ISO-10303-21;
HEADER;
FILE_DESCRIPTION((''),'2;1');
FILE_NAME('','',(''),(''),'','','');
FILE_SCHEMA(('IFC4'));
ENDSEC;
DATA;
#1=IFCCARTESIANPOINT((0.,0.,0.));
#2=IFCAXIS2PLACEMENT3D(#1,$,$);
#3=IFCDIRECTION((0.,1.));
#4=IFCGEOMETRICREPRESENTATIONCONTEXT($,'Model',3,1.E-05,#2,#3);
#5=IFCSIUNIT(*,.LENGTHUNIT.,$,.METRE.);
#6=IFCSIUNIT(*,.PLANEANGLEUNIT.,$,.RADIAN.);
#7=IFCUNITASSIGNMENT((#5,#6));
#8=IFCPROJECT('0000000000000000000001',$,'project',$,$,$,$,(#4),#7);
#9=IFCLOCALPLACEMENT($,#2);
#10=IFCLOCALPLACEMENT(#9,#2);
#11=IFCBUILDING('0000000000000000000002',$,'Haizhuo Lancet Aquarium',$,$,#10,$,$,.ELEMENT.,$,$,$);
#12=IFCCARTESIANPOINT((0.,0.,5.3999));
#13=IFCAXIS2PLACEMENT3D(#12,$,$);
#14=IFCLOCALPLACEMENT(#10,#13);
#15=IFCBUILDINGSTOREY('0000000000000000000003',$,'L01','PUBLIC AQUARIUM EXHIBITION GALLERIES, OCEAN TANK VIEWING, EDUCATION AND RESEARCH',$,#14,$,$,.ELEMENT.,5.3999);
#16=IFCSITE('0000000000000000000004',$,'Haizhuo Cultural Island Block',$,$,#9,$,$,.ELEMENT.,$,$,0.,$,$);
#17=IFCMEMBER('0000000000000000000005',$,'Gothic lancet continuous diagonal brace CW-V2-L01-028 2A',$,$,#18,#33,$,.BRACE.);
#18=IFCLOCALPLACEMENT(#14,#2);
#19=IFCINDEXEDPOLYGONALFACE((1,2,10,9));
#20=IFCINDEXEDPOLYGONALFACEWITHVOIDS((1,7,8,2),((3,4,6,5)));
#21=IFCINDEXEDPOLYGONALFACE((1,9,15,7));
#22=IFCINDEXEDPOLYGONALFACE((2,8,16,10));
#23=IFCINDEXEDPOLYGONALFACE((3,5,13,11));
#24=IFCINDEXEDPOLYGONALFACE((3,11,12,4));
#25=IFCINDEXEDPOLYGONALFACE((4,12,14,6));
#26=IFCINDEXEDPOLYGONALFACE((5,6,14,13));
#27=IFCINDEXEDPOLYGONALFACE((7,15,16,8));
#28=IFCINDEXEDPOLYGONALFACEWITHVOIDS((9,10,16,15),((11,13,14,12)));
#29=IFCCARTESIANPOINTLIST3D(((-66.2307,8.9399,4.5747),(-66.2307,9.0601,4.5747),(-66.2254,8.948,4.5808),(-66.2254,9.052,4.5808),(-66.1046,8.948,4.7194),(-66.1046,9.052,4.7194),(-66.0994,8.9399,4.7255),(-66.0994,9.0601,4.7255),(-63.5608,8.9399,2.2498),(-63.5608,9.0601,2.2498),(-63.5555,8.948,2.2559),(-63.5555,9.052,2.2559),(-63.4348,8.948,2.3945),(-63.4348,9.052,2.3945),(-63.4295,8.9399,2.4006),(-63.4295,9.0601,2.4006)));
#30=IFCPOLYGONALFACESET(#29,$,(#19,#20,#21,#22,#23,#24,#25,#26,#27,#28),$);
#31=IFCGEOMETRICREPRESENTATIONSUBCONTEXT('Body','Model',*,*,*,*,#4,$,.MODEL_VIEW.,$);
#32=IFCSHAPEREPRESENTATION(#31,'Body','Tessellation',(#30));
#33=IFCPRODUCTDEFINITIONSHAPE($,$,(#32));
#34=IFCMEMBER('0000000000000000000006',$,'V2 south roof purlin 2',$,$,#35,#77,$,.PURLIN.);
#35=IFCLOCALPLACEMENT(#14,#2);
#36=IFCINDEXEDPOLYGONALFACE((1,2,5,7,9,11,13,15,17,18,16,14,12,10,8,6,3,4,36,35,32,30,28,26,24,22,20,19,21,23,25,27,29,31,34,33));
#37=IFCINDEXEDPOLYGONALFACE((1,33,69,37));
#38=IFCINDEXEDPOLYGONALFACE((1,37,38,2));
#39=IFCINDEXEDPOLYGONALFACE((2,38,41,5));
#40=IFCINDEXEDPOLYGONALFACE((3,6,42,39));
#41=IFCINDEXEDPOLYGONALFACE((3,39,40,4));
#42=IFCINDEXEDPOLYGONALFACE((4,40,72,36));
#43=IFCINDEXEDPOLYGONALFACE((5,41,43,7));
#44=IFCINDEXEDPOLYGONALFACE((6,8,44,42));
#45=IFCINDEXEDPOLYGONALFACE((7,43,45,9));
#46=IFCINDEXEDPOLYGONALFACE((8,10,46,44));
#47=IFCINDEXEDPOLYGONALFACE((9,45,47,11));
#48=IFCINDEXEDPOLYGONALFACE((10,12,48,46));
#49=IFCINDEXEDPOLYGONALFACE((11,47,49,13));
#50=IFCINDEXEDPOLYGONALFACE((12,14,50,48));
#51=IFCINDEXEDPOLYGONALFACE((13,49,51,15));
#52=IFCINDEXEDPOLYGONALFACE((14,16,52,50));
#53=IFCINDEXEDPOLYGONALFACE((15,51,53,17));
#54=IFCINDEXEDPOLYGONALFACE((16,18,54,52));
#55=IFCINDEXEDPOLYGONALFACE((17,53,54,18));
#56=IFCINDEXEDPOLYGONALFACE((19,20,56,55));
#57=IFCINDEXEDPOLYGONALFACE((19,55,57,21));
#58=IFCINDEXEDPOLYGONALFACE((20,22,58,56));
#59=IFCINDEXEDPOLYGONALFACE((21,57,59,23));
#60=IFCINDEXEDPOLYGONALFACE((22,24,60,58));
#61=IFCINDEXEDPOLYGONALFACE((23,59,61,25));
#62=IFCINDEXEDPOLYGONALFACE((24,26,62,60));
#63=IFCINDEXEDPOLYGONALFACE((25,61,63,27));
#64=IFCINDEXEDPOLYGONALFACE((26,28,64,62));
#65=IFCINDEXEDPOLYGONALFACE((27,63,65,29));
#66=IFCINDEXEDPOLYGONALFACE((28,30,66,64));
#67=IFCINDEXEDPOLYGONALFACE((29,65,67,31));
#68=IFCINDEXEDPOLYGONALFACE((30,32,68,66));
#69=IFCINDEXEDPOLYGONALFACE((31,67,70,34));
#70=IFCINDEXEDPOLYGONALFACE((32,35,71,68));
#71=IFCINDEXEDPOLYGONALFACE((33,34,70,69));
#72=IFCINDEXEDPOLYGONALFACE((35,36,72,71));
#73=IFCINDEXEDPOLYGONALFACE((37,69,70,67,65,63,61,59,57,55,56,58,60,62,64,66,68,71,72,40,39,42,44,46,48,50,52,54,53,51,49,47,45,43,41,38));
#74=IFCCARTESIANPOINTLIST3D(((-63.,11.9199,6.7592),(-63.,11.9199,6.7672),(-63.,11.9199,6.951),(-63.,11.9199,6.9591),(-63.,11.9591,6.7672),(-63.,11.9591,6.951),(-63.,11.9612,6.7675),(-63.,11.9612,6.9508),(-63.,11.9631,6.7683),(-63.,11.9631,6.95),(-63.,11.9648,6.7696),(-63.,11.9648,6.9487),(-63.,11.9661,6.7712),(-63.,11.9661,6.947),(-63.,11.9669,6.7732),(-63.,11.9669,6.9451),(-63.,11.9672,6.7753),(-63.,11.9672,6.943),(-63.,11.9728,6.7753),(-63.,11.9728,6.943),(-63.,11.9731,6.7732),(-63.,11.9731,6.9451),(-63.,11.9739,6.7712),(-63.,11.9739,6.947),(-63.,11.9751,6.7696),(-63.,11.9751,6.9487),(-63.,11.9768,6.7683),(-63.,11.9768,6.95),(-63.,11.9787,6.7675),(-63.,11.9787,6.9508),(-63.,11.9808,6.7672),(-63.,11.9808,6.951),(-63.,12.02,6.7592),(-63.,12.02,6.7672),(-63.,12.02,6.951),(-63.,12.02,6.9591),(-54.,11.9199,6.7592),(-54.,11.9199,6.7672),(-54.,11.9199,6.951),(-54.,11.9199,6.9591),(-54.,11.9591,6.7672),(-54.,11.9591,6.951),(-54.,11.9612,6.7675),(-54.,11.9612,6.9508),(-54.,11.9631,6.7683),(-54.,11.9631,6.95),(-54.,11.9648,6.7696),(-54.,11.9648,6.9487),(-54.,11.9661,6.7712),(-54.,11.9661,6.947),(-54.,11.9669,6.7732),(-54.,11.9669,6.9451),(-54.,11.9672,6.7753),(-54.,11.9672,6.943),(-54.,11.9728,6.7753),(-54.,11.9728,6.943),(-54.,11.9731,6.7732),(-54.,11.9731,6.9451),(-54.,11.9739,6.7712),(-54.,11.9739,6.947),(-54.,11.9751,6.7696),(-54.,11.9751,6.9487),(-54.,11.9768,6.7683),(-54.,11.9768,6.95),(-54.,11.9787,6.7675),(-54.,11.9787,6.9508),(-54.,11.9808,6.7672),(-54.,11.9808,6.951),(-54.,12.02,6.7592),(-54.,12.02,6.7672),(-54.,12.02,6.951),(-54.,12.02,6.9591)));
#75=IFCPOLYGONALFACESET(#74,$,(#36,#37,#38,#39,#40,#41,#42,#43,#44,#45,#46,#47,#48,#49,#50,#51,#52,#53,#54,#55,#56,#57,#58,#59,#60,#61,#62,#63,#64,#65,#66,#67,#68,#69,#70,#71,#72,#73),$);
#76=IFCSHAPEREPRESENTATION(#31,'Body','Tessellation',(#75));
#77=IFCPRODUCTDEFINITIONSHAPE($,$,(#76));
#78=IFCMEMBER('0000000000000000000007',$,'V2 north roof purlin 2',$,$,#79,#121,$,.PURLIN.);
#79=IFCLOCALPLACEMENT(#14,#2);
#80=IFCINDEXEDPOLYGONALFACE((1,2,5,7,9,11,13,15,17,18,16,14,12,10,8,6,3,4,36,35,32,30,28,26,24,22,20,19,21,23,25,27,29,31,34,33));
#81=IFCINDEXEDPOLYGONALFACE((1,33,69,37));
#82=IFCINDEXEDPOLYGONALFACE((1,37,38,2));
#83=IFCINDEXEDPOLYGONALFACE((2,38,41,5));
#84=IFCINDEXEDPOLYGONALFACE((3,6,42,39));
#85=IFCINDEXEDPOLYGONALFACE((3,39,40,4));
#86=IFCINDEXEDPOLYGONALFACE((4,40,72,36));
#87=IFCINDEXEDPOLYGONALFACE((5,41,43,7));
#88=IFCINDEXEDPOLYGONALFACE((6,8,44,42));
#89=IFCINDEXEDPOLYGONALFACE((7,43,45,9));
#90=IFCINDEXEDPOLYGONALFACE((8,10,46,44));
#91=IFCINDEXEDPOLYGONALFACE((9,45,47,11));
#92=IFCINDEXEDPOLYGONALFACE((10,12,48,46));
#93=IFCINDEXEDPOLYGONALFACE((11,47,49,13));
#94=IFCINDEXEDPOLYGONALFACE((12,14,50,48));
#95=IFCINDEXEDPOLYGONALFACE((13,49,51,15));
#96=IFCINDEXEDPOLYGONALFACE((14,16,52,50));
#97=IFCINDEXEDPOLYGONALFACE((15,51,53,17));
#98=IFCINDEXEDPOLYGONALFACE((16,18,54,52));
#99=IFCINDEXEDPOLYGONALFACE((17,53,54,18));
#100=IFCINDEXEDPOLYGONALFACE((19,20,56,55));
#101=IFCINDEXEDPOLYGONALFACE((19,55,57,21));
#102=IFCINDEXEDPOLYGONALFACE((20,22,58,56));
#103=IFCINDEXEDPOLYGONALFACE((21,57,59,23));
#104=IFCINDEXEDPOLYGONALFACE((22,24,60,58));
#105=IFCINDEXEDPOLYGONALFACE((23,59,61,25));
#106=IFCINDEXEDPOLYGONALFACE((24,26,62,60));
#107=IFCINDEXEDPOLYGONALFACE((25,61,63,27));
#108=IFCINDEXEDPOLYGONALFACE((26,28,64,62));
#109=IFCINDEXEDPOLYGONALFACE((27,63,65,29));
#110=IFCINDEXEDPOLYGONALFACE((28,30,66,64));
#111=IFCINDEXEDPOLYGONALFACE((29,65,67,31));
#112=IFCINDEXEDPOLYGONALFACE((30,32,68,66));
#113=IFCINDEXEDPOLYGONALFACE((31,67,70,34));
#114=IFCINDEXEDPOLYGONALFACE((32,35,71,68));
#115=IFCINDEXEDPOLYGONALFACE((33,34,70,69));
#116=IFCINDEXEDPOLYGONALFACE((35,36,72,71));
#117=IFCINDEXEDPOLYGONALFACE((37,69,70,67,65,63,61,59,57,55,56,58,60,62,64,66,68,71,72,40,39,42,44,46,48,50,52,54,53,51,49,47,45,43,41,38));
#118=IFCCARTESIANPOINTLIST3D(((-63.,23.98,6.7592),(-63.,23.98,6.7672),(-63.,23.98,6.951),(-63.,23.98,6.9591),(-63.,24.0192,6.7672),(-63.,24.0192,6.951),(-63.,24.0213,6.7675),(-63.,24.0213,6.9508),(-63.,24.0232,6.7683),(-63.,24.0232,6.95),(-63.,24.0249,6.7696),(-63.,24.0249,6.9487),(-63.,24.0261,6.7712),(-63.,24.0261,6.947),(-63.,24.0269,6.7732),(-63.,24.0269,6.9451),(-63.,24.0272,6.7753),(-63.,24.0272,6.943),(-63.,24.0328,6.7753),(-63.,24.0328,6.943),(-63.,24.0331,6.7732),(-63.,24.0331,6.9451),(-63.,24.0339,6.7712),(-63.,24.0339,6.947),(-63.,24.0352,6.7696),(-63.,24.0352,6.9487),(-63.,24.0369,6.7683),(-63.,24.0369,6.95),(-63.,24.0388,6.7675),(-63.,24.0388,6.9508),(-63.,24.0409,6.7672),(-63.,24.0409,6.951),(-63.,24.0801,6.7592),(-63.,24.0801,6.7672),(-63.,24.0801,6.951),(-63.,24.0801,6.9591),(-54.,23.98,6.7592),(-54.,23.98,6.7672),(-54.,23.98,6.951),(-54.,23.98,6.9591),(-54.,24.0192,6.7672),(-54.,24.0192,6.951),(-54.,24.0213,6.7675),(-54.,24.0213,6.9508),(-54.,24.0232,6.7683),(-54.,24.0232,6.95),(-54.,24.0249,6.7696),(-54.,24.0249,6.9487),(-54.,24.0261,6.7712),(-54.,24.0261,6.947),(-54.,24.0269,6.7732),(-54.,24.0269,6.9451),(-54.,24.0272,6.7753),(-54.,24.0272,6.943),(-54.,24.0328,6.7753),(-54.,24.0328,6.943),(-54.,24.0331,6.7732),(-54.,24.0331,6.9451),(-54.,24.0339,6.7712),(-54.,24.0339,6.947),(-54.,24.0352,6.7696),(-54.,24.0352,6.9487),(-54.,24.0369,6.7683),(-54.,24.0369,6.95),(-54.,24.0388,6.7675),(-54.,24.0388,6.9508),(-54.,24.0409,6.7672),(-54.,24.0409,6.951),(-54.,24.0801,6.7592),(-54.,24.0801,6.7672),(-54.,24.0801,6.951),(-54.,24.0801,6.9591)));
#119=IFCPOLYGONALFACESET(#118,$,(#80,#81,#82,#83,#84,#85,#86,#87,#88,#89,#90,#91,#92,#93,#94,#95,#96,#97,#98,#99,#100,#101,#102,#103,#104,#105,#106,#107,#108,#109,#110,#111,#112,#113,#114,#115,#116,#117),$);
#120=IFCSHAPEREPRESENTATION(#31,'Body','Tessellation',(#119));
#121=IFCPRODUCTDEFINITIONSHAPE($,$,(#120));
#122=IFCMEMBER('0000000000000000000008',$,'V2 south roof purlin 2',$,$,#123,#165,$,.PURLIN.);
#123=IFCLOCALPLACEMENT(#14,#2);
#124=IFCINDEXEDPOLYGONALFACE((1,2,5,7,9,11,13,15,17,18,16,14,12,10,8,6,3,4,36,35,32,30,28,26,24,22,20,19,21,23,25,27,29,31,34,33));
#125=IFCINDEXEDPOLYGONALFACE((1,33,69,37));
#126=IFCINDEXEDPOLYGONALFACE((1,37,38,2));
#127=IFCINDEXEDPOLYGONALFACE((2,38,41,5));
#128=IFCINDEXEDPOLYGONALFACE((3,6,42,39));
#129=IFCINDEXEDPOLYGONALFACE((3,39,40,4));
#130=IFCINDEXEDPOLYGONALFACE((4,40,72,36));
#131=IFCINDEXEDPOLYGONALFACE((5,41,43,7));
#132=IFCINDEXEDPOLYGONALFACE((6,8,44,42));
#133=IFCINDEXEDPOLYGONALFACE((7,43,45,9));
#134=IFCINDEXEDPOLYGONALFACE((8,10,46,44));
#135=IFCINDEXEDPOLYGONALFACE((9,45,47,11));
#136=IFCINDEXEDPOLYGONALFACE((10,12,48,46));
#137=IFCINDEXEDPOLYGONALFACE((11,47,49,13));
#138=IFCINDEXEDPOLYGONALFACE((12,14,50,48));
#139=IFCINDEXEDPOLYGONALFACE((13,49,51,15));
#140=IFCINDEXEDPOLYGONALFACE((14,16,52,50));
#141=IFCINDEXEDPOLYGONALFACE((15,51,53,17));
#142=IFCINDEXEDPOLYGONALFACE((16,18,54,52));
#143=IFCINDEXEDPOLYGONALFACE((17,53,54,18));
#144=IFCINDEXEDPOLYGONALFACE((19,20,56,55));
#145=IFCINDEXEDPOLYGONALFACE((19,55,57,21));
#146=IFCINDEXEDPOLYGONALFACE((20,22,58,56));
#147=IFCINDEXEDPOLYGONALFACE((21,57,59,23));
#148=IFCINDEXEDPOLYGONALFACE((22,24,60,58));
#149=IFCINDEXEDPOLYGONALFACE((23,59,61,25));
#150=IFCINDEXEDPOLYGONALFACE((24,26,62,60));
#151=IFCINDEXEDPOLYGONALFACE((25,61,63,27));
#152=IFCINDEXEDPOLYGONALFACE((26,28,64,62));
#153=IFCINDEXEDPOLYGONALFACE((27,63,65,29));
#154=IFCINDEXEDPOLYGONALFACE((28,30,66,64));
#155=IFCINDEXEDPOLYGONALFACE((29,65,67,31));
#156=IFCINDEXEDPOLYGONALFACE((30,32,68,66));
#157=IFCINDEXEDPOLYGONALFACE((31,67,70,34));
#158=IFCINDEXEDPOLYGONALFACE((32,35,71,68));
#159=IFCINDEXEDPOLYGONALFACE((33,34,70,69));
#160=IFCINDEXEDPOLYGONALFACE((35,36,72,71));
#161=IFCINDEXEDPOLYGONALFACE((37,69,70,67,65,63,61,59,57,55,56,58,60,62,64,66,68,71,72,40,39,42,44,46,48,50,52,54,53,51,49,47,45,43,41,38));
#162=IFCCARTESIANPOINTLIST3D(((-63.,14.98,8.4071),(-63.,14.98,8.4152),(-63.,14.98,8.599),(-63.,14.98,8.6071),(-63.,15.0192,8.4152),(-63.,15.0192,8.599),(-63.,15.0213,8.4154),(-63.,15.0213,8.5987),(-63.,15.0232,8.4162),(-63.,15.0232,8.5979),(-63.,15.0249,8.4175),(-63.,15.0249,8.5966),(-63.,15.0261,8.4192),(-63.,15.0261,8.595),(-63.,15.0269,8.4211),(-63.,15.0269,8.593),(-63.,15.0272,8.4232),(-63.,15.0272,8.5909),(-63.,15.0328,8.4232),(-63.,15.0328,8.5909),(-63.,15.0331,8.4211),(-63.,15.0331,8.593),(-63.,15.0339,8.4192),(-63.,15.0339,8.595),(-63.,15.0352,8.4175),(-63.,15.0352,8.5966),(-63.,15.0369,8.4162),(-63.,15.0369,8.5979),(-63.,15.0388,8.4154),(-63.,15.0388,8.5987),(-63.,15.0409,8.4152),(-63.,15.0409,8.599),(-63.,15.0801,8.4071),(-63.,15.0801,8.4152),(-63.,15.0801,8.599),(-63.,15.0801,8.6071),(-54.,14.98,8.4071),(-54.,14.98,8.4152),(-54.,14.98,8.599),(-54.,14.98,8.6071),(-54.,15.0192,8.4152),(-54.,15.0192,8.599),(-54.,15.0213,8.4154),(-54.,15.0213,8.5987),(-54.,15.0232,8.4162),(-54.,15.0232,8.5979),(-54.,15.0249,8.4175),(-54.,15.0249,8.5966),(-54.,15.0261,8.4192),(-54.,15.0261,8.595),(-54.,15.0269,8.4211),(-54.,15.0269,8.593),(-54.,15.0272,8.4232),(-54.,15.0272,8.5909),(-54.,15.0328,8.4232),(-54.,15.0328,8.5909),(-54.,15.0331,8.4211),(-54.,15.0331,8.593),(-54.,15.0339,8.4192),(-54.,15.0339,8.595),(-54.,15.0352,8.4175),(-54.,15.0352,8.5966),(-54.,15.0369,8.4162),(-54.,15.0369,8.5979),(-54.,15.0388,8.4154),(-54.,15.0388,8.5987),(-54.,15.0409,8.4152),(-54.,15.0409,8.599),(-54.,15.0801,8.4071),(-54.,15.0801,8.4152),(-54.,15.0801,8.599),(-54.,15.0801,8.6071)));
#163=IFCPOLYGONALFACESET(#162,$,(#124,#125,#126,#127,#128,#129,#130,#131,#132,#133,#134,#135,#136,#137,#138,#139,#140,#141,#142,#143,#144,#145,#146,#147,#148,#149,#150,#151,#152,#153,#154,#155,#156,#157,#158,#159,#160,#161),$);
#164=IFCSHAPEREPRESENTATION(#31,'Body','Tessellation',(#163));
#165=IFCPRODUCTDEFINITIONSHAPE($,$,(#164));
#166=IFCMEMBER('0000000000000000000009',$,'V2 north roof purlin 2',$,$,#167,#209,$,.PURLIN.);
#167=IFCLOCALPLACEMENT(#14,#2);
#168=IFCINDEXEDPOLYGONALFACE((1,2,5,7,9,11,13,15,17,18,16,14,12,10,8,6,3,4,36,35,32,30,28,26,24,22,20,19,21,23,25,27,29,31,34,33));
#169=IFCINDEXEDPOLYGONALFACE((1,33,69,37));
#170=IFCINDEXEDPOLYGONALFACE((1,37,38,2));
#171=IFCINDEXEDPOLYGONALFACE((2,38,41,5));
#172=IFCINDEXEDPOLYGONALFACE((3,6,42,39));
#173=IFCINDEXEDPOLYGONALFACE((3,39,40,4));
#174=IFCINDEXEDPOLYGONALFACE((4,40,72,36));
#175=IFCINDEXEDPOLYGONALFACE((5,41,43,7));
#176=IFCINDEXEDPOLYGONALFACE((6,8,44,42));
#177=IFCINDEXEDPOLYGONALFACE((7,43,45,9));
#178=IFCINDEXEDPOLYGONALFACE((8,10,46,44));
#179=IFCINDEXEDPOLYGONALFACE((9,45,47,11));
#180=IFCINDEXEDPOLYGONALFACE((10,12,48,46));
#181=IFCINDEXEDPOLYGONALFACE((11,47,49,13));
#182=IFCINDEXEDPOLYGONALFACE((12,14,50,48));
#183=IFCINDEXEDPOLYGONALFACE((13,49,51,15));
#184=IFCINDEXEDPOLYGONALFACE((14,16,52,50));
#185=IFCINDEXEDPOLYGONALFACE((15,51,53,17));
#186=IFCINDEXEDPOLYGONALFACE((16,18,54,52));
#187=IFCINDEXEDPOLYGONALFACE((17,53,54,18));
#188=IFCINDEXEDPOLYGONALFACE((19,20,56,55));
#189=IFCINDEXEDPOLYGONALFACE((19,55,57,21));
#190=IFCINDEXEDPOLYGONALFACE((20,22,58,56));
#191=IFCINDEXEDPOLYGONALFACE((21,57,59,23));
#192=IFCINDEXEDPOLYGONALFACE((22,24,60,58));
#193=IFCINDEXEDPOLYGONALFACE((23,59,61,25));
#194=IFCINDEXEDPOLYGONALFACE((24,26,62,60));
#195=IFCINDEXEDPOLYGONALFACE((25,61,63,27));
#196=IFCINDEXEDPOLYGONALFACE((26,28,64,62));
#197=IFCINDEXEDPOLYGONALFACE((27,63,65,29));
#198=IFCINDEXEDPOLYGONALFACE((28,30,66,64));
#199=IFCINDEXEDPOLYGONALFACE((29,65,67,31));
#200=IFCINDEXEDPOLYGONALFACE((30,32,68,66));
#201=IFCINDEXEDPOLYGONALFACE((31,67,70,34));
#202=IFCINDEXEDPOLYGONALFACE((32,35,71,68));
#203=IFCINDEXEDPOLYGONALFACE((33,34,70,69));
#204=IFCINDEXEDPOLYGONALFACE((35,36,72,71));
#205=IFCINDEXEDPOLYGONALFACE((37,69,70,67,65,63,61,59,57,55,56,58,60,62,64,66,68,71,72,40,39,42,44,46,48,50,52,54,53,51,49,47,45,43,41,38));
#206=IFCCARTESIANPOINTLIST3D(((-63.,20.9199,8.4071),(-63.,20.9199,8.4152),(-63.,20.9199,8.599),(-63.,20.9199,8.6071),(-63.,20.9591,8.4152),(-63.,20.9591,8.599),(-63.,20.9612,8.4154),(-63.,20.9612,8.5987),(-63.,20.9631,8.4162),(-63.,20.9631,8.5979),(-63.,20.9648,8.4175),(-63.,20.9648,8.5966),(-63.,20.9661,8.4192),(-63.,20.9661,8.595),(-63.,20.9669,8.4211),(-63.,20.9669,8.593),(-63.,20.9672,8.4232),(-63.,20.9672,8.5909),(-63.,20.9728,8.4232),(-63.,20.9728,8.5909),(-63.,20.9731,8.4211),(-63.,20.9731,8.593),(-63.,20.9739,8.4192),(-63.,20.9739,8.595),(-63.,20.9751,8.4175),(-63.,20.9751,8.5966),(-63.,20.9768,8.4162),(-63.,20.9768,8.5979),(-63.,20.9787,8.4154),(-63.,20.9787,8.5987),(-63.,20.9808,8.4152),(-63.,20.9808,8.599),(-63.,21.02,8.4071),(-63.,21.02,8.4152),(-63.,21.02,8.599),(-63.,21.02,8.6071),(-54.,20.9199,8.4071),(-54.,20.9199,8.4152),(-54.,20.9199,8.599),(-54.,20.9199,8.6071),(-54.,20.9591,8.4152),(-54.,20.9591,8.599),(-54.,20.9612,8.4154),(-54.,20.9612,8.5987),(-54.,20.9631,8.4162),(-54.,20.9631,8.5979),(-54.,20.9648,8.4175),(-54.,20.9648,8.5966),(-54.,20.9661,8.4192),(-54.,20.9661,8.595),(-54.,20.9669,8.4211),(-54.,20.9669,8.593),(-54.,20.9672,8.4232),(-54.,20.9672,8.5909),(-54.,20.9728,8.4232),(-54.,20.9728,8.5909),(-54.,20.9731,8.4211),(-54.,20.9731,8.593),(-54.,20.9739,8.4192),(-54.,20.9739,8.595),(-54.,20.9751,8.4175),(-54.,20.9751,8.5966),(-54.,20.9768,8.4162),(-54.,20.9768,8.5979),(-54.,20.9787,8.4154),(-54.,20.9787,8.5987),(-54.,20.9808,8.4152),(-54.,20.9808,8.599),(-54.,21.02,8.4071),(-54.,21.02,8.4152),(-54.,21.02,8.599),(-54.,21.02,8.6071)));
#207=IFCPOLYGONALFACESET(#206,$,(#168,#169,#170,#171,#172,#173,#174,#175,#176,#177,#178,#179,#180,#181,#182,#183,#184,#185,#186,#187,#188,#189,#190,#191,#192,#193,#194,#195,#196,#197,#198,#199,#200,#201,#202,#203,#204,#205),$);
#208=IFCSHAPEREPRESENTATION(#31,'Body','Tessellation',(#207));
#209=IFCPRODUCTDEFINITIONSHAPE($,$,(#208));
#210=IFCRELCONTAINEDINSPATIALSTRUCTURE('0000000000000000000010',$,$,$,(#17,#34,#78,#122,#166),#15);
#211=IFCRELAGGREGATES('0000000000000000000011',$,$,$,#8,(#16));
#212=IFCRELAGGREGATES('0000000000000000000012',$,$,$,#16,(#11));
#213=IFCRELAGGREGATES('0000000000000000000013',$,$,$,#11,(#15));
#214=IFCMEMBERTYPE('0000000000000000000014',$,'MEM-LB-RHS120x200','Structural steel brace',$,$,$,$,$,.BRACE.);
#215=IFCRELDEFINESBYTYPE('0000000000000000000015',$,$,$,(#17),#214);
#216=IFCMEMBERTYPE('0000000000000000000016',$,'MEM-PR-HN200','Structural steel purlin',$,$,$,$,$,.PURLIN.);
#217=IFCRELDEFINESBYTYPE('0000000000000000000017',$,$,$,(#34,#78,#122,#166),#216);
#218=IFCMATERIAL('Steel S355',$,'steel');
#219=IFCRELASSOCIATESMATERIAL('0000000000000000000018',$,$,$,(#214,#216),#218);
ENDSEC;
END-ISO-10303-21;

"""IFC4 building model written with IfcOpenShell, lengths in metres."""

from ifc_helpers import new_model, si_unit, direction, frame, origin, origin_2d, place, context, subcontext, project, spatial, hollow_rectangle, i_section, extrude, material, material_profile, profile_set, type_object, element, save


model = new_model("IFC4")

# Units and contexts
model_context = context("Model", 3, precision=1e-05, world=origin(), true_north=direction((0.0, 1.0)))
body_context = subcontext(model_context, "Body", "Model", "MODEL_VIEW")
ifc_project = project(units=[si_unit("LENGTHUNIT", "METRE"), si_unit("PLANEANGLEUNIT", "RADIAN")], contexts=[model_context])

# Site, building, storey
site_placement = place(None, origin())
site = spatial("IfcSite", under=ifc_project, at=site_placement, Name="Haizhuo Cultural Island Block", CompositionType="ELEMENT", RefElevation=0.0)
building_placement = place(site_placement, origin())
building = spatial("IfcBuilding", under=site, at=building_placement, Name="Haizhuo Lancet Aquarium", CompositionType="ELEMENT")
storey_placement = place(building_placement, frame((0.0, 0.0, 5.3999)))
storey = spatial("IfcBuildingStorey", under=building, at=storey_placement, Name="L01", Description="PUBLIC AQUARIUM EXHIBITION GALLERIES, OCEAN TANK VIEWING, EDUCATION AND RESEARCH", CompositionType="ELEMENT", Elevation=5.3999)

# Shared definitions
ifc_material_1 = material(Name="Steel S355", Category="steel")

# Members
ifc_material_profile_1 = material_profile(ifc_material_1, hollow_rectangle(XDim=0.1201, YDim=0.2, WallThickness=0.0081, at=origin_2d()), Name="RHS 120x200x8")
ifc_profile_set_1 = profile_set([ifc_material_profile_1], Name="Steel S355")
member_type_1 = type_object("IfcMemberType", Name="MEM-LB-RHS120x200", Description="Structural steel brace", PredefinedType="BRACE", material=ifc_profile_set_1)
member_1_placement = place(storey_placement, frame((-63.4951, 9.0, 2.3252), z_axis=(-0.754147, 0.0, 0.656706), x_axis=(0.0, -1.0, 0.0)))
element("IfcMember", 1, at=member_1_placement, inside=storey, type_object=member_type_1, Name="Gothic lancet continuous diagonal brace CW-V2-L01-028 2A", PredefinedType="BRACE", context=body_context, shape_type="SweptSolid", body=[
    extrude(hollow_rectangle(XDim=0.1201, YDim=0.2, WallThickness=0.0081, at=origin_2d()), origin(), (0.0, 0.0, 1.0), 3.5403),
])
ifc_material_profile_2 = material_profile(ifc_material_1, i_section(OverallWidth=0.1001, OverallDepth=0.2, WebThickness=0.0056, FlangeThickness=0.0081, FilletRadius=0.0081, at=origin_2d()), Name="HN 200x100x5.5x8")
ifc_profile_set_2 = profile_set([ifc_material_profile_2], Name="Steel S355")
member_type_2 = type_object("IfcMemberType", Name="MEM-PR-HN200", Description="Structural steel purlin", PredefinedType="PURLIN", material=ifc_profile_set_2)
for number, where, z_axis, x_axis, name in (
    (2, (-63.0, 11.97, 6.8591), (1.0, 0.0, 0.0), (0.0, 1.0, 0.0), "V2 south roof purlin 2"),
    (3, (-63.0, 24.03, 6.8591), (1.0, 0.0, 0.0), (0.0, 1.0, 0.0), "V2 north roof purlin 2"),
    (4, (-63.0, 15.03, 8.5071), (1.0, 0.0, 0.0), (0.0, 1.0, 0.0), "V2 south roof purlin 2"),
    (5, (-63.0, 20.97, 8.5071), (1.0, 0.0, 0.0), (0.0, 1.0, 0.0), "V2 north roof purlin 2"),
):
    element("IfcMember", number, at=place(storey_placement, frame(where, z_axis=z_axis, x_axis=x_axis)), inside=storey, type_object=member_type_2, Name=name, PredefinedType="PURLIN", context=body_context, shape_type="SweptSolid", body=[
        extrude(i_section(OverallWidth=0.1001, OverallDepth=0.2, WebThickness=0.0056, FlangeThickness=0.0081, FilletRadius=0.0081, at=origin_2d()), origin(), (0.0, 0.0, 1.0), 9.0),
    ])

save(model, "model.ifc")
